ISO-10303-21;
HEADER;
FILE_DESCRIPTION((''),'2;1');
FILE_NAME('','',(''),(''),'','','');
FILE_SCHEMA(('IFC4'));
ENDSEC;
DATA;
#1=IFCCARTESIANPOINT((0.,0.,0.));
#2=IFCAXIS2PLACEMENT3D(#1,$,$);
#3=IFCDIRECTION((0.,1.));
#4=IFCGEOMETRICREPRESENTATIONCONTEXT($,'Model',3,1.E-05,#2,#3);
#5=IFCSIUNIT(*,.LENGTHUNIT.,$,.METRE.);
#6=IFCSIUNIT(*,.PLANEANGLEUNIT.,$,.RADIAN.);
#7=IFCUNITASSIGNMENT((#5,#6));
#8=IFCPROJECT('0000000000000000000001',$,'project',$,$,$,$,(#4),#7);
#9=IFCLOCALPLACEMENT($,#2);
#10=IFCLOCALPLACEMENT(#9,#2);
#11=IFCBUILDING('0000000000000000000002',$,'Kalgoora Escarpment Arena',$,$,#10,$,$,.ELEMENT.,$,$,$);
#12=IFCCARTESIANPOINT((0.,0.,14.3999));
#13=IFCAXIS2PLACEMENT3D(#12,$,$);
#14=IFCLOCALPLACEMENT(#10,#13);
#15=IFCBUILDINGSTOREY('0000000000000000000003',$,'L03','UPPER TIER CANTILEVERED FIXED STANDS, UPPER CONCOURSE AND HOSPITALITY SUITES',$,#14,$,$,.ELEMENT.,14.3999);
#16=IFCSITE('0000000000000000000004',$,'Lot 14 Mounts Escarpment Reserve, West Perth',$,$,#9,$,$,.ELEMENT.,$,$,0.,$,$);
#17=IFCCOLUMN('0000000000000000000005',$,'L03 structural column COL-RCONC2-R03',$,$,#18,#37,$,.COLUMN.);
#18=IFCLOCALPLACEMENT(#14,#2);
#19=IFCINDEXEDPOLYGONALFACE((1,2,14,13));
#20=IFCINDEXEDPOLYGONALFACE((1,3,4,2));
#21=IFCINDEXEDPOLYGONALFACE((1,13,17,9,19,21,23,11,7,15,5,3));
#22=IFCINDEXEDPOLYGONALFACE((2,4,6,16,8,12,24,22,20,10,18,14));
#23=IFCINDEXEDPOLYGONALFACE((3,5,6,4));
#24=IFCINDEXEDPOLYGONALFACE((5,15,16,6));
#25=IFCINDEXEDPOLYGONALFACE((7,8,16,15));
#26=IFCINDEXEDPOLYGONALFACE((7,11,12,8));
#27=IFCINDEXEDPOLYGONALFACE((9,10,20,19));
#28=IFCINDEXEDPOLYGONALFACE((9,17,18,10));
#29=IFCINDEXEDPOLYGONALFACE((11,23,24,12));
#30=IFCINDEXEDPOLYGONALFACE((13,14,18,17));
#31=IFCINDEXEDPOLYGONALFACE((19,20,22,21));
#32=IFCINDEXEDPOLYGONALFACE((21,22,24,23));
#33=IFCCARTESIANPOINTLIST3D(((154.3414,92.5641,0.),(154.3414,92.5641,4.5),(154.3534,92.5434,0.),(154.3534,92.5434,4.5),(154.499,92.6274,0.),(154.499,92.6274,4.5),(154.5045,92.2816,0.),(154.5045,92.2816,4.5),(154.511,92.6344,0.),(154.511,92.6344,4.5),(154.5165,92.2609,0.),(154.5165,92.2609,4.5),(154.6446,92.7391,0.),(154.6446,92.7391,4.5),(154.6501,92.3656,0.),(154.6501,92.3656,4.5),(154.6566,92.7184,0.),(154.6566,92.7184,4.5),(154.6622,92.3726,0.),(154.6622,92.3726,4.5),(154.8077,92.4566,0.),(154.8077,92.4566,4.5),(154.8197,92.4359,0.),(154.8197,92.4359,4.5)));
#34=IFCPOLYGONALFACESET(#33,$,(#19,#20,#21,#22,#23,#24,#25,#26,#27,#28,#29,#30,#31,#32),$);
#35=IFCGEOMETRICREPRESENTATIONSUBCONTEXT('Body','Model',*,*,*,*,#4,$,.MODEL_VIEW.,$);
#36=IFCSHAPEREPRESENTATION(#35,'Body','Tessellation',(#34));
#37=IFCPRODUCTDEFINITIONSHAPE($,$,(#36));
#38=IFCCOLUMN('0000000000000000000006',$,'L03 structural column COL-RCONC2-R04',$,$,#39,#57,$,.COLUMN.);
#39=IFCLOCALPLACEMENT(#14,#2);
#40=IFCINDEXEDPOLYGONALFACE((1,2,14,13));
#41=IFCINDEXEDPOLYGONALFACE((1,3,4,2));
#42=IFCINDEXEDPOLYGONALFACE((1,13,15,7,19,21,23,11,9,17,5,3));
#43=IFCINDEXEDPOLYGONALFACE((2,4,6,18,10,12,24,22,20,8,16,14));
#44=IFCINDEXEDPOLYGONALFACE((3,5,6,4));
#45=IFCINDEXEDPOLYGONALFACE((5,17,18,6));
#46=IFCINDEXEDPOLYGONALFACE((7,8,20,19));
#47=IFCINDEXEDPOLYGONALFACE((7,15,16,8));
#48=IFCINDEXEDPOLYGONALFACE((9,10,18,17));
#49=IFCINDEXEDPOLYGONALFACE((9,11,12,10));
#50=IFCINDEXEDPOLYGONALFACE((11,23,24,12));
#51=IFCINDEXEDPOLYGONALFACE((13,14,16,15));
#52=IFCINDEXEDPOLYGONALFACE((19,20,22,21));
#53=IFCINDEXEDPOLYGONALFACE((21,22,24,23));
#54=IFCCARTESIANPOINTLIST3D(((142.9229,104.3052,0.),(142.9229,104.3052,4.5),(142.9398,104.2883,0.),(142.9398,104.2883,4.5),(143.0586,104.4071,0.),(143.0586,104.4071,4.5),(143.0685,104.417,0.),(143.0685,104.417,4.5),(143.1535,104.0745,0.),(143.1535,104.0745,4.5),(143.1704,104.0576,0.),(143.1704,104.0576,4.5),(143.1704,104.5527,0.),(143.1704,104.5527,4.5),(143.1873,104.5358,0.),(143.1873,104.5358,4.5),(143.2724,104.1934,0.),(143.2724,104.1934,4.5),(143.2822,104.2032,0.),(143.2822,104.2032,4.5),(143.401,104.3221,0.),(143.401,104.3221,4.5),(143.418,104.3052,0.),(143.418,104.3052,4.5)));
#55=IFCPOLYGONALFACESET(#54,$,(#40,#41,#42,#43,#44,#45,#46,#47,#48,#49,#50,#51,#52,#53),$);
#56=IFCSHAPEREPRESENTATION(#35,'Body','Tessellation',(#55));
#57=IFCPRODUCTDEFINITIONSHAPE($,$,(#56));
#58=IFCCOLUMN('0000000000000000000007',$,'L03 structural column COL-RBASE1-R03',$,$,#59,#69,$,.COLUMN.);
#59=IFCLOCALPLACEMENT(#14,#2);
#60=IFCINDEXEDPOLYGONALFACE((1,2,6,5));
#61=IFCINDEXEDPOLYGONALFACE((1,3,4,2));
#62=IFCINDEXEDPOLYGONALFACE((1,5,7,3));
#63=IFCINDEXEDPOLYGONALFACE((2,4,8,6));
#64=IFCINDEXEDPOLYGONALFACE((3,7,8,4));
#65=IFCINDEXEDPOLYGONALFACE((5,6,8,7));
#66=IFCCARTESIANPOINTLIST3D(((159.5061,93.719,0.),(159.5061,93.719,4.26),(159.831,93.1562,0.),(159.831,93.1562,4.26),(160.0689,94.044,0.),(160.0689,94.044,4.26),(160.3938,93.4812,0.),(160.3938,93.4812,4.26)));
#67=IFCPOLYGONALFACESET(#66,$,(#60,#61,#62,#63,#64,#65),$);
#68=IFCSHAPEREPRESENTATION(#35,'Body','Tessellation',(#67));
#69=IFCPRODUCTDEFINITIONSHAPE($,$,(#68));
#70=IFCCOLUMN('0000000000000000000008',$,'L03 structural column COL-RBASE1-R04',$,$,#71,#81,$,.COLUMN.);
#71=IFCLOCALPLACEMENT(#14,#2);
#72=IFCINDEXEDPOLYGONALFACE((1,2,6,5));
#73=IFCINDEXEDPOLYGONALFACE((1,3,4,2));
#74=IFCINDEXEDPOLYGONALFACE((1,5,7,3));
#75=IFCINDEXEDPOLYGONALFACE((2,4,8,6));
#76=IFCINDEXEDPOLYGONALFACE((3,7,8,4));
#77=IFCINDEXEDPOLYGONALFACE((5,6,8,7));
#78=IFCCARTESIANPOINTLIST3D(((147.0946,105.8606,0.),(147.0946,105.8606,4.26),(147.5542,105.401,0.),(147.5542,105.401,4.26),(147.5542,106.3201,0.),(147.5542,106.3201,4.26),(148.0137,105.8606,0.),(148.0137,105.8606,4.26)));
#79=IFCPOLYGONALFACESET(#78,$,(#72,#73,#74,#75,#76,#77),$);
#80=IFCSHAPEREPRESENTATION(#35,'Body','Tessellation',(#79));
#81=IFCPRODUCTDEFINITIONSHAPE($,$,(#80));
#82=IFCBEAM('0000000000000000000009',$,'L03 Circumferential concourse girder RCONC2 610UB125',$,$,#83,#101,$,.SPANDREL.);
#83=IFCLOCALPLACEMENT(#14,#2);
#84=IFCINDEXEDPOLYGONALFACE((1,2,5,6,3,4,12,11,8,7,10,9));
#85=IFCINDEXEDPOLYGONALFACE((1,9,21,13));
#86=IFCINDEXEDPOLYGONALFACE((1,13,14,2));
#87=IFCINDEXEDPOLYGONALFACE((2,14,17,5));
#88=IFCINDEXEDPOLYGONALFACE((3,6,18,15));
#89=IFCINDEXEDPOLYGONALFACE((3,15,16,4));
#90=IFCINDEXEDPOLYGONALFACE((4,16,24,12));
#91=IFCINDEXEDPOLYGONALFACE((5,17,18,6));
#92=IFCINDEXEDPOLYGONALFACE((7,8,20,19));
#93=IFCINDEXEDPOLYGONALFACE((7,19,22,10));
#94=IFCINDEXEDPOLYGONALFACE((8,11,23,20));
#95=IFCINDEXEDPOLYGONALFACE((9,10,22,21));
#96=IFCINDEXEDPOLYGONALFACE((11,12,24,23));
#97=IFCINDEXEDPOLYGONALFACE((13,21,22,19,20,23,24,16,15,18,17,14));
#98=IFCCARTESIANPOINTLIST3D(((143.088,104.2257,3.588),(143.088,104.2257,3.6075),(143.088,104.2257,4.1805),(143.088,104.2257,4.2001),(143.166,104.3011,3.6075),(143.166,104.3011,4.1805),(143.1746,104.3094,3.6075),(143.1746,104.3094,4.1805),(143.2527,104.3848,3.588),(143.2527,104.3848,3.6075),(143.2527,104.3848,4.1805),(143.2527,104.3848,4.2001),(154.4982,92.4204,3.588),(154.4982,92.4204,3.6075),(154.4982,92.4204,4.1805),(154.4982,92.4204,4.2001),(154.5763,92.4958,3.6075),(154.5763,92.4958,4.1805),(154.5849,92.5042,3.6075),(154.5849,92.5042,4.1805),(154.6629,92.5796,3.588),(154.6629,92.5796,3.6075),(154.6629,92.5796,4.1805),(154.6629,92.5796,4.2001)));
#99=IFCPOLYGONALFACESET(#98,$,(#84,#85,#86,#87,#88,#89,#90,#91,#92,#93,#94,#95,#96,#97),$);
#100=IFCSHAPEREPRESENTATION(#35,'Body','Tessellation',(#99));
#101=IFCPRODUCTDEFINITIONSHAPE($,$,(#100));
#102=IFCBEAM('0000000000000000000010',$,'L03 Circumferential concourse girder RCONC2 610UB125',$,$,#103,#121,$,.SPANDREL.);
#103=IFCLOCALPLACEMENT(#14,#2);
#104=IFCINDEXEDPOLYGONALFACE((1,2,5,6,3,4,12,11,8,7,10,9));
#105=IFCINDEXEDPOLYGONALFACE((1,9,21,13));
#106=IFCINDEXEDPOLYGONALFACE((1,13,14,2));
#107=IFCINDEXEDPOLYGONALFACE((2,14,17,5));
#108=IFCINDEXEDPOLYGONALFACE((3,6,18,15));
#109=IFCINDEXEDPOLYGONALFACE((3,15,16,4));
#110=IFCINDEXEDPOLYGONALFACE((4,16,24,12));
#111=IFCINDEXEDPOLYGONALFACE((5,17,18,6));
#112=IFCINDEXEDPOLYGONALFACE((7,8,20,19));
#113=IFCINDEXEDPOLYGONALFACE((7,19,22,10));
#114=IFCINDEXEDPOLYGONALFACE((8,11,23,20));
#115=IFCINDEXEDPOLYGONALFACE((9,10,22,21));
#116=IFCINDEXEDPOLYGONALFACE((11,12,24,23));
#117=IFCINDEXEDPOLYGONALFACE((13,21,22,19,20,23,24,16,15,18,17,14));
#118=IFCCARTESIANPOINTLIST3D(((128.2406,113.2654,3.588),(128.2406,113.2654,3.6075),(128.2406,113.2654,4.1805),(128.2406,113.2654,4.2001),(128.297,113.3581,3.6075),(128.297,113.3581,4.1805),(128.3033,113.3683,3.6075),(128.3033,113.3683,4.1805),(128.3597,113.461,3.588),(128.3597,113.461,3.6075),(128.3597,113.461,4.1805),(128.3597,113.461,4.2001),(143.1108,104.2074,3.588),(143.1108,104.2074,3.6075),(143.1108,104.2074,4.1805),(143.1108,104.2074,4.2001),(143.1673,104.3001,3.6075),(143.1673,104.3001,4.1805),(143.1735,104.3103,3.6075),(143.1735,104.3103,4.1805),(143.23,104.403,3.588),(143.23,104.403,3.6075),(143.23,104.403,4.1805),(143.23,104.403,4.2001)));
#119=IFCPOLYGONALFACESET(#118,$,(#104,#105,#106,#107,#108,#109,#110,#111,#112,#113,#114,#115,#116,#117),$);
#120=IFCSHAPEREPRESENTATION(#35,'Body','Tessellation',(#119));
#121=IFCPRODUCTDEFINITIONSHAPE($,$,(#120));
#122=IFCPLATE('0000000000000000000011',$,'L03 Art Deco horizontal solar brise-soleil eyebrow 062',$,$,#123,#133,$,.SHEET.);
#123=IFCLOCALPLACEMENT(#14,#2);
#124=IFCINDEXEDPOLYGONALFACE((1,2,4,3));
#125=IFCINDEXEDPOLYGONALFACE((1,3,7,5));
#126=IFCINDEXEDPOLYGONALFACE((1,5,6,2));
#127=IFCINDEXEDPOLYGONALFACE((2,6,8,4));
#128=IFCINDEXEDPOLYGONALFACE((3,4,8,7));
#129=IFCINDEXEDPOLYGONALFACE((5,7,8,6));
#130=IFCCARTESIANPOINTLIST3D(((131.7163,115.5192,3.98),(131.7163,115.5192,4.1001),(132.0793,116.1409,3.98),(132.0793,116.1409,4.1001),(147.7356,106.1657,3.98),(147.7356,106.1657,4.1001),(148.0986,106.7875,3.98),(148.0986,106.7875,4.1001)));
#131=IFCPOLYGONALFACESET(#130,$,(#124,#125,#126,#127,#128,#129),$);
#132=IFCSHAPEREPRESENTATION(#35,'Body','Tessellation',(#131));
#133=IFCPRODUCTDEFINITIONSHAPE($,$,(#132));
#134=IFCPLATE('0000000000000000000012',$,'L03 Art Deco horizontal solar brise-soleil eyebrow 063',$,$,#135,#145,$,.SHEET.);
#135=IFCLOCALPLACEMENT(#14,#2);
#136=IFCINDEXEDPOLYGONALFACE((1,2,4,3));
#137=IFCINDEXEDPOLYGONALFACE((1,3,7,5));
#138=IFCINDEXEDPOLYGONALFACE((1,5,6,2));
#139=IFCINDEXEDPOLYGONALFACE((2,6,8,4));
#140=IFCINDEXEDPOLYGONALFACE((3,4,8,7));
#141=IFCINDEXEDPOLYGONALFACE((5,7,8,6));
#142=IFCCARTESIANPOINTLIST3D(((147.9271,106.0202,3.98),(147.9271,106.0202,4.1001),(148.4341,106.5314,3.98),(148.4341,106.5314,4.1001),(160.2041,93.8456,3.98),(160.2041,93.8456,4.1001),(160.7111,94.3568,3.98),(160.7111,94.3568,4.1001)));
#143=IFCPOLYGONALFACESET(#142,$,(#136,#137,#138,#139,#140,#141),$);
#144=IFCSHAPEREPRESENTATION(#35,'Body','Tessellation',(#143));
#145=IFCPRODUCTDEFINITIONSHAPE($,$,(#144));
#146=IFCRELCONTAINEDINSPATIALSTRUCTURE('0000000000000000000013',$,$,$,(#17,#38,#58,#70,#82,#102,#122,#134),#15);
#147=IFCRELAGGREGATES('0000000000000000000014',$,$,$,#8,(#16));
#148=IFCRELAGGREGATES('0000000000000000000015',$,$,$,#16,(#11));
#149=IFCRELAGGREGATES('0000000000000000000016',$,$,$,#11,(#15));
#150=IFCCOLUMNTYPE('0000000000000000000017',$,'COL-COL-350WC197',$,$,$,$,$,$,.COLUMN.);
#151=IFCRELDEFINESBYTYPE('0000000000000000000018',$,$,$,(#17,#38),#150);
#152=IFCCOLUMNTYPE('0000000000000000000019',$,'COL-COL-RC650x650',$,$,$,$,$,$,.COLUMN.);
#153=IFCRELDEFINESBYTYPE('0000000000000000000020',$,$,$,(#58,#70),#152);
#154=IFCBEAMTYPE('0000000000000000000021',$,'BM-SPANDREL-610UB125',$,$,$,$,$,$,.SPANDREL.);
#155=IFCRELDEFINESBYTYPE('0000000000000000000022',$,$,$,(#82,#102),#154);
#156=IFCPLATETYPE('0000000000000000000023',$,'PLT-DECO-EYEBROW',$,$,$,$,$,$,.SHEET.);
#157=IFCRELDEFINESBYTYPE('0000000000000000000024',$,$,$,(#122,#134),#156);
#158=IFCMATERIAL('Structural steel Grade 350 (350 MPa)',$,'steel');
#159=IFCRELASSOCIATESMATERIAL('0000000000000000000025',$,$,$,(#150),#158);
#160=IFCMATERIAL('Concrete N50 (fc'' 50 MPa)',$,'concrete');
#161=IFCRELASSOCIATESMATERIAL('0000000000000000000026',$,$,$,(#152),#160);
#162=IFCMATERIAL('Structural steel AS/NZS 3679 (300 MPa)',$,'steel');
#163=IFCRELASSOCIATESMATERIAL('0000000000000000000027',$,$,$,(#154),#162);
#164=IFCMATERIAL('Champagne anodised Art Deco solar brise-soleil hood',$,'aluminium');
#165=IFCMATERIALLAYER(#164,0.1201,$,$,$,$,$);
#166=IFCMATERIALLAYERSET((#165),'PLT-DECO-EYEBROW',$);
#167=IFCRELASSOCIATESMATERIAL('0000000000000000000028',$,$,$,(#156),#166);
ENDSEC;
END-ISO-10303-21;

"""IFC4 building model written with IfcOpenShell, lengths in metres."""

from ifc_helpers import new_model, si_unit, direction, frame, origin, origin_2d, place, context, subcontext, project, spatial, rectangle, i_section, extrude, material, layer, layer_set, material_profile, profile_set, type_object, element, save


model = new_model("IFC4")

# Units and contexts
model_context = context("Model", 3, precision=1e-05, world=origin(), true_north=direction((0.0, 1.0)))
body_context = subcontext(model_context, "Body", "Model", "MODEL_VIEW")
ifc_project = project(units=[si_unit("LENGTHUNIT", "METRE"), si_unit("PLANEANGLEUNIT", "RADIAN")], contexts=[model_context])

# Site, building, storey
site_placement = place(None, origin())
site = spatial("IfcSite", under=ifc_project, at=site_placement, Name="Lot 14 Mounts Escarpment Reserve, West Perth", CompositionType="ELEMENT", RefElevation=0.0)
building_placement = place(site_placement, origin())
building = spatial("IfcBuilding", under=site, at=building_placement, Name="Kalgoora Escarpment Arena", CompositionType="ELEMENT")
storey_placement = place(building_placement, frame((0.0, 0.0, 14.3999)))
storey = spatial("IfcBuildingStorey", under=building, at=storey_placement, Name="L03", Description="UPPER TIER CANTILEVERED FIXED STANDS, UPPER CONCOURSE AND HOSPITALITY SUITES", CompositionType="ELEMENT", Elevation=14.3999)

# Columns
ifc_material_1 = material(Name="Structural steel Grade 350 (350 MPa)", Category="steel")
ifc_material_profile_1 = material_profile(ifc_material_1, i_section(OverallWidth=0.3501, OverallDepth=0.3501, WebThickness=0.0139, FlangeThickness=0.0239, at=origin_2d()))
ifc_profile_set_1 = profile_set([ifc_material_profile_1], Name="Structural steel Grade 350 (350 MPa)")
column_type_1 = type_object("IfcColumnType", Name="COL-COL-350WC197", PredefinedType="COLUMN", material=ifc_profile_set_1)
for number, where, z_axis, x_axis, name in (
    (1, (154.5806, 92.5, 0.0), (0.0, 0.0, 1.0), (0.866025, 0.5, 0.0), "L03 structural column COL-RCONC2-R03"),
    (2, (143.1704, 104.3052, 0.0), (0.0, 0.0, 1.0), (0.707107, 0.707107, 0.0), "L03 structural column COL-RCONC2-R04"),
):
    element("IfcColumn", number, at=place(storey_placement, frame(where, z_axis=z_axis, x_axis=x_axis)), inside=storey, type_object=column_type_1, Name=name, PredefinedType="COLUMN", context=body_context, shape_type="SweptSolid", body=[
        extrude(i_section(OverallWidth=0.3501, OverallDepth=0.3501, WebThickness=0.0139, FlangeThickness=0.0239, at=origin_2d()), origin(), (0.0, 0.0, 1.0), 4.5),
    ])
ifc_material_2 = material(Name="Concrete N50 (fc' 50 MPa)", Category="concrete")
ifc_material_profile_2 = material_profile(ifc_material_2, rectangle(XDim=0.6499, YDim=0.6499, at=origin_2d()))
ifc_profile_set_2 = profile_set([ifc_material_profile_2], Name="Concrete N50 (fc' 50 MPa)")
column_type_2 = type_object("IfcColumnType", Name="COL-COL-RC650x650", PredefinedType="COLUMN", material=ifc_profile_set_2)
for number, where, z_axis, x_axis, name in (
    (3, (159.95, 93.6001, 0.0), (0.0, 0.0, 1.0), (0.866025, 0.5, 0.0), "L03 structural column COL-RBASE1-R03"),
    (4, (147.5542, 105.8606, 0.0), (0.0, 0.0, 1.0), (0.707107, 0.707107, 0.0), "L03 structural column COL-RBASE1-R04"),
):
    element("IfcColumn", number, at=place(storey_placement, frame(where, z_axis=z_axis, x_axis=x_axis)), inside=storey, type_object=column_type_2, Name=name, PredefinedType="COLUMN", context=body_context, shape_type="SweptSolid", body=[
        extrude(rectangle(XDim=0.6499, YDim=0.6499, at=origin_2d()), origin(), (0.0, 0.0, 1.0), 4.26),
    ])

# Beams
ifc_material_3 = material(Name="Structural steel AS/NZS 3679 (300 MPa)", Category="steel")
ifc_material_profile_3 = material_profile(ifc_material_3, i_section(OverallWidth=0.229, OverallDepth=0.6121, WebThickness=0.012, FlangeThickness=0.0195, at=origin_2d()))
ifc_profile_set_3 = profile_set([ifc_material_profile_3], Name="Structural steel AS/NZS 3679 (300 MPa)")
beam_type = type_object("IfcBeamType", Name="BM-SPANDREL-610UB125", PredefinedType="SPANDREL", material=ifc_profile_set_3)
beam_1_placement = place(storey_placement, frame((154.5806, 92.5, 3.894), z_axis=(-0.694974, 0.719034, 0.0), x_axis=(-0.719034, -0.694974, 0.0)))
element("IfcBeam", 5, at=beam_1_placement, inside=storey, type_object=beam_type, Name="L03 Circumferential concourse girder RCONC2 610UB125", PredefinedType="SPANDREL", context=body_context, shape_type="SweptSolid", body=[
    extrude(i_section(OverallWidth=0.229, OverallDepth=0.6121, WebThickness=0.012, FlangeThickness=0.0195, at=origin_2d()), origin(), (0.0, 0.0, 1.0), 16.4182),
])
beam_2_placement = place(storey_placement, frame((143.1704, 104.3052, 3.894), z_axis=(-0.854031, 0.520223, 0.0), x_axis=(-0.520223, -0.854031, 0.0)))
element("IfcBeam", 6, at=beam_2_placement, inside=storey, type_object=beam_type, Name="L03 Circumferential concourse girder RCONC2 610UB125", PredefinedType="SPANDREL", context=body_context, shape_type="SweptSolid", body=[
    extrude(i_section(OverallWidth=0.229, OverallDepth=0.6121, WebThickness=0.012, FlangeThickness=0.0195, at=origin_2d()), origin(), (0.0, 0.0, 1.0), 17.4119),
])

# Plates
ifc_material_4 = material(Name="Champagne anodised Art Deco solar brise-soleil hood", Category="aluminium")
ifc_layer_1 = layer(ifc_material_4, 0.1201)
ifc_layer_set_1 = layer_set([ifc_layer_1], Name="PLT-DECO-EYEBROW")
plate_type = type_object("IfcPlateType", Name="PLT-DECO-EYEBROW", PredefinedType="SHEET", material=ifc_layer_set_1)
plate_1_placement = place(storey_placement, frame((139.9075, 111.1533, 3.98), z_axis=(0.0, 0.0, 1.0), x_axis=(0.863572, -0.504226, 0.0)))
element("IfcPlate", 7, at=plate_1_placement, inside=storey, type_object=plate_type, Name="L03 Art Deco horizontal solar brise-soleil eyebrow 062", PredefinedType="SHEET", context=body_context, shape_type="SweptSolid", body=[
    extrude(rectangle(XDim=18.55, YDim=0.72, at=origin_2d()), origin(), (0.0, 0.0, 1.0), 0.1201),
])
plate_2_placement = place(storey_placement, frame((154.3191, 100.1885, 3.98), z_axis=(0.0, 0.0, 1.0), x_axis=(0.710062, -0.704139, 0.0)))
element("IfcPlate", 8, at=plate_2_placement, inside=storey, type_object=plate_type, Name="L03 Art Deco horizontal solar brise-soleil eyebrow 063", PredefinedType="SHEET", context=body_context, shape_type="SweptSolid", body=[
    extrude(rectangle(XDim=17.29, YDim=0.72, at=origin_2d()), origin(), (0.0, 0.0, 1.0), 0.1201),
])

save(model, "model.ifc")
